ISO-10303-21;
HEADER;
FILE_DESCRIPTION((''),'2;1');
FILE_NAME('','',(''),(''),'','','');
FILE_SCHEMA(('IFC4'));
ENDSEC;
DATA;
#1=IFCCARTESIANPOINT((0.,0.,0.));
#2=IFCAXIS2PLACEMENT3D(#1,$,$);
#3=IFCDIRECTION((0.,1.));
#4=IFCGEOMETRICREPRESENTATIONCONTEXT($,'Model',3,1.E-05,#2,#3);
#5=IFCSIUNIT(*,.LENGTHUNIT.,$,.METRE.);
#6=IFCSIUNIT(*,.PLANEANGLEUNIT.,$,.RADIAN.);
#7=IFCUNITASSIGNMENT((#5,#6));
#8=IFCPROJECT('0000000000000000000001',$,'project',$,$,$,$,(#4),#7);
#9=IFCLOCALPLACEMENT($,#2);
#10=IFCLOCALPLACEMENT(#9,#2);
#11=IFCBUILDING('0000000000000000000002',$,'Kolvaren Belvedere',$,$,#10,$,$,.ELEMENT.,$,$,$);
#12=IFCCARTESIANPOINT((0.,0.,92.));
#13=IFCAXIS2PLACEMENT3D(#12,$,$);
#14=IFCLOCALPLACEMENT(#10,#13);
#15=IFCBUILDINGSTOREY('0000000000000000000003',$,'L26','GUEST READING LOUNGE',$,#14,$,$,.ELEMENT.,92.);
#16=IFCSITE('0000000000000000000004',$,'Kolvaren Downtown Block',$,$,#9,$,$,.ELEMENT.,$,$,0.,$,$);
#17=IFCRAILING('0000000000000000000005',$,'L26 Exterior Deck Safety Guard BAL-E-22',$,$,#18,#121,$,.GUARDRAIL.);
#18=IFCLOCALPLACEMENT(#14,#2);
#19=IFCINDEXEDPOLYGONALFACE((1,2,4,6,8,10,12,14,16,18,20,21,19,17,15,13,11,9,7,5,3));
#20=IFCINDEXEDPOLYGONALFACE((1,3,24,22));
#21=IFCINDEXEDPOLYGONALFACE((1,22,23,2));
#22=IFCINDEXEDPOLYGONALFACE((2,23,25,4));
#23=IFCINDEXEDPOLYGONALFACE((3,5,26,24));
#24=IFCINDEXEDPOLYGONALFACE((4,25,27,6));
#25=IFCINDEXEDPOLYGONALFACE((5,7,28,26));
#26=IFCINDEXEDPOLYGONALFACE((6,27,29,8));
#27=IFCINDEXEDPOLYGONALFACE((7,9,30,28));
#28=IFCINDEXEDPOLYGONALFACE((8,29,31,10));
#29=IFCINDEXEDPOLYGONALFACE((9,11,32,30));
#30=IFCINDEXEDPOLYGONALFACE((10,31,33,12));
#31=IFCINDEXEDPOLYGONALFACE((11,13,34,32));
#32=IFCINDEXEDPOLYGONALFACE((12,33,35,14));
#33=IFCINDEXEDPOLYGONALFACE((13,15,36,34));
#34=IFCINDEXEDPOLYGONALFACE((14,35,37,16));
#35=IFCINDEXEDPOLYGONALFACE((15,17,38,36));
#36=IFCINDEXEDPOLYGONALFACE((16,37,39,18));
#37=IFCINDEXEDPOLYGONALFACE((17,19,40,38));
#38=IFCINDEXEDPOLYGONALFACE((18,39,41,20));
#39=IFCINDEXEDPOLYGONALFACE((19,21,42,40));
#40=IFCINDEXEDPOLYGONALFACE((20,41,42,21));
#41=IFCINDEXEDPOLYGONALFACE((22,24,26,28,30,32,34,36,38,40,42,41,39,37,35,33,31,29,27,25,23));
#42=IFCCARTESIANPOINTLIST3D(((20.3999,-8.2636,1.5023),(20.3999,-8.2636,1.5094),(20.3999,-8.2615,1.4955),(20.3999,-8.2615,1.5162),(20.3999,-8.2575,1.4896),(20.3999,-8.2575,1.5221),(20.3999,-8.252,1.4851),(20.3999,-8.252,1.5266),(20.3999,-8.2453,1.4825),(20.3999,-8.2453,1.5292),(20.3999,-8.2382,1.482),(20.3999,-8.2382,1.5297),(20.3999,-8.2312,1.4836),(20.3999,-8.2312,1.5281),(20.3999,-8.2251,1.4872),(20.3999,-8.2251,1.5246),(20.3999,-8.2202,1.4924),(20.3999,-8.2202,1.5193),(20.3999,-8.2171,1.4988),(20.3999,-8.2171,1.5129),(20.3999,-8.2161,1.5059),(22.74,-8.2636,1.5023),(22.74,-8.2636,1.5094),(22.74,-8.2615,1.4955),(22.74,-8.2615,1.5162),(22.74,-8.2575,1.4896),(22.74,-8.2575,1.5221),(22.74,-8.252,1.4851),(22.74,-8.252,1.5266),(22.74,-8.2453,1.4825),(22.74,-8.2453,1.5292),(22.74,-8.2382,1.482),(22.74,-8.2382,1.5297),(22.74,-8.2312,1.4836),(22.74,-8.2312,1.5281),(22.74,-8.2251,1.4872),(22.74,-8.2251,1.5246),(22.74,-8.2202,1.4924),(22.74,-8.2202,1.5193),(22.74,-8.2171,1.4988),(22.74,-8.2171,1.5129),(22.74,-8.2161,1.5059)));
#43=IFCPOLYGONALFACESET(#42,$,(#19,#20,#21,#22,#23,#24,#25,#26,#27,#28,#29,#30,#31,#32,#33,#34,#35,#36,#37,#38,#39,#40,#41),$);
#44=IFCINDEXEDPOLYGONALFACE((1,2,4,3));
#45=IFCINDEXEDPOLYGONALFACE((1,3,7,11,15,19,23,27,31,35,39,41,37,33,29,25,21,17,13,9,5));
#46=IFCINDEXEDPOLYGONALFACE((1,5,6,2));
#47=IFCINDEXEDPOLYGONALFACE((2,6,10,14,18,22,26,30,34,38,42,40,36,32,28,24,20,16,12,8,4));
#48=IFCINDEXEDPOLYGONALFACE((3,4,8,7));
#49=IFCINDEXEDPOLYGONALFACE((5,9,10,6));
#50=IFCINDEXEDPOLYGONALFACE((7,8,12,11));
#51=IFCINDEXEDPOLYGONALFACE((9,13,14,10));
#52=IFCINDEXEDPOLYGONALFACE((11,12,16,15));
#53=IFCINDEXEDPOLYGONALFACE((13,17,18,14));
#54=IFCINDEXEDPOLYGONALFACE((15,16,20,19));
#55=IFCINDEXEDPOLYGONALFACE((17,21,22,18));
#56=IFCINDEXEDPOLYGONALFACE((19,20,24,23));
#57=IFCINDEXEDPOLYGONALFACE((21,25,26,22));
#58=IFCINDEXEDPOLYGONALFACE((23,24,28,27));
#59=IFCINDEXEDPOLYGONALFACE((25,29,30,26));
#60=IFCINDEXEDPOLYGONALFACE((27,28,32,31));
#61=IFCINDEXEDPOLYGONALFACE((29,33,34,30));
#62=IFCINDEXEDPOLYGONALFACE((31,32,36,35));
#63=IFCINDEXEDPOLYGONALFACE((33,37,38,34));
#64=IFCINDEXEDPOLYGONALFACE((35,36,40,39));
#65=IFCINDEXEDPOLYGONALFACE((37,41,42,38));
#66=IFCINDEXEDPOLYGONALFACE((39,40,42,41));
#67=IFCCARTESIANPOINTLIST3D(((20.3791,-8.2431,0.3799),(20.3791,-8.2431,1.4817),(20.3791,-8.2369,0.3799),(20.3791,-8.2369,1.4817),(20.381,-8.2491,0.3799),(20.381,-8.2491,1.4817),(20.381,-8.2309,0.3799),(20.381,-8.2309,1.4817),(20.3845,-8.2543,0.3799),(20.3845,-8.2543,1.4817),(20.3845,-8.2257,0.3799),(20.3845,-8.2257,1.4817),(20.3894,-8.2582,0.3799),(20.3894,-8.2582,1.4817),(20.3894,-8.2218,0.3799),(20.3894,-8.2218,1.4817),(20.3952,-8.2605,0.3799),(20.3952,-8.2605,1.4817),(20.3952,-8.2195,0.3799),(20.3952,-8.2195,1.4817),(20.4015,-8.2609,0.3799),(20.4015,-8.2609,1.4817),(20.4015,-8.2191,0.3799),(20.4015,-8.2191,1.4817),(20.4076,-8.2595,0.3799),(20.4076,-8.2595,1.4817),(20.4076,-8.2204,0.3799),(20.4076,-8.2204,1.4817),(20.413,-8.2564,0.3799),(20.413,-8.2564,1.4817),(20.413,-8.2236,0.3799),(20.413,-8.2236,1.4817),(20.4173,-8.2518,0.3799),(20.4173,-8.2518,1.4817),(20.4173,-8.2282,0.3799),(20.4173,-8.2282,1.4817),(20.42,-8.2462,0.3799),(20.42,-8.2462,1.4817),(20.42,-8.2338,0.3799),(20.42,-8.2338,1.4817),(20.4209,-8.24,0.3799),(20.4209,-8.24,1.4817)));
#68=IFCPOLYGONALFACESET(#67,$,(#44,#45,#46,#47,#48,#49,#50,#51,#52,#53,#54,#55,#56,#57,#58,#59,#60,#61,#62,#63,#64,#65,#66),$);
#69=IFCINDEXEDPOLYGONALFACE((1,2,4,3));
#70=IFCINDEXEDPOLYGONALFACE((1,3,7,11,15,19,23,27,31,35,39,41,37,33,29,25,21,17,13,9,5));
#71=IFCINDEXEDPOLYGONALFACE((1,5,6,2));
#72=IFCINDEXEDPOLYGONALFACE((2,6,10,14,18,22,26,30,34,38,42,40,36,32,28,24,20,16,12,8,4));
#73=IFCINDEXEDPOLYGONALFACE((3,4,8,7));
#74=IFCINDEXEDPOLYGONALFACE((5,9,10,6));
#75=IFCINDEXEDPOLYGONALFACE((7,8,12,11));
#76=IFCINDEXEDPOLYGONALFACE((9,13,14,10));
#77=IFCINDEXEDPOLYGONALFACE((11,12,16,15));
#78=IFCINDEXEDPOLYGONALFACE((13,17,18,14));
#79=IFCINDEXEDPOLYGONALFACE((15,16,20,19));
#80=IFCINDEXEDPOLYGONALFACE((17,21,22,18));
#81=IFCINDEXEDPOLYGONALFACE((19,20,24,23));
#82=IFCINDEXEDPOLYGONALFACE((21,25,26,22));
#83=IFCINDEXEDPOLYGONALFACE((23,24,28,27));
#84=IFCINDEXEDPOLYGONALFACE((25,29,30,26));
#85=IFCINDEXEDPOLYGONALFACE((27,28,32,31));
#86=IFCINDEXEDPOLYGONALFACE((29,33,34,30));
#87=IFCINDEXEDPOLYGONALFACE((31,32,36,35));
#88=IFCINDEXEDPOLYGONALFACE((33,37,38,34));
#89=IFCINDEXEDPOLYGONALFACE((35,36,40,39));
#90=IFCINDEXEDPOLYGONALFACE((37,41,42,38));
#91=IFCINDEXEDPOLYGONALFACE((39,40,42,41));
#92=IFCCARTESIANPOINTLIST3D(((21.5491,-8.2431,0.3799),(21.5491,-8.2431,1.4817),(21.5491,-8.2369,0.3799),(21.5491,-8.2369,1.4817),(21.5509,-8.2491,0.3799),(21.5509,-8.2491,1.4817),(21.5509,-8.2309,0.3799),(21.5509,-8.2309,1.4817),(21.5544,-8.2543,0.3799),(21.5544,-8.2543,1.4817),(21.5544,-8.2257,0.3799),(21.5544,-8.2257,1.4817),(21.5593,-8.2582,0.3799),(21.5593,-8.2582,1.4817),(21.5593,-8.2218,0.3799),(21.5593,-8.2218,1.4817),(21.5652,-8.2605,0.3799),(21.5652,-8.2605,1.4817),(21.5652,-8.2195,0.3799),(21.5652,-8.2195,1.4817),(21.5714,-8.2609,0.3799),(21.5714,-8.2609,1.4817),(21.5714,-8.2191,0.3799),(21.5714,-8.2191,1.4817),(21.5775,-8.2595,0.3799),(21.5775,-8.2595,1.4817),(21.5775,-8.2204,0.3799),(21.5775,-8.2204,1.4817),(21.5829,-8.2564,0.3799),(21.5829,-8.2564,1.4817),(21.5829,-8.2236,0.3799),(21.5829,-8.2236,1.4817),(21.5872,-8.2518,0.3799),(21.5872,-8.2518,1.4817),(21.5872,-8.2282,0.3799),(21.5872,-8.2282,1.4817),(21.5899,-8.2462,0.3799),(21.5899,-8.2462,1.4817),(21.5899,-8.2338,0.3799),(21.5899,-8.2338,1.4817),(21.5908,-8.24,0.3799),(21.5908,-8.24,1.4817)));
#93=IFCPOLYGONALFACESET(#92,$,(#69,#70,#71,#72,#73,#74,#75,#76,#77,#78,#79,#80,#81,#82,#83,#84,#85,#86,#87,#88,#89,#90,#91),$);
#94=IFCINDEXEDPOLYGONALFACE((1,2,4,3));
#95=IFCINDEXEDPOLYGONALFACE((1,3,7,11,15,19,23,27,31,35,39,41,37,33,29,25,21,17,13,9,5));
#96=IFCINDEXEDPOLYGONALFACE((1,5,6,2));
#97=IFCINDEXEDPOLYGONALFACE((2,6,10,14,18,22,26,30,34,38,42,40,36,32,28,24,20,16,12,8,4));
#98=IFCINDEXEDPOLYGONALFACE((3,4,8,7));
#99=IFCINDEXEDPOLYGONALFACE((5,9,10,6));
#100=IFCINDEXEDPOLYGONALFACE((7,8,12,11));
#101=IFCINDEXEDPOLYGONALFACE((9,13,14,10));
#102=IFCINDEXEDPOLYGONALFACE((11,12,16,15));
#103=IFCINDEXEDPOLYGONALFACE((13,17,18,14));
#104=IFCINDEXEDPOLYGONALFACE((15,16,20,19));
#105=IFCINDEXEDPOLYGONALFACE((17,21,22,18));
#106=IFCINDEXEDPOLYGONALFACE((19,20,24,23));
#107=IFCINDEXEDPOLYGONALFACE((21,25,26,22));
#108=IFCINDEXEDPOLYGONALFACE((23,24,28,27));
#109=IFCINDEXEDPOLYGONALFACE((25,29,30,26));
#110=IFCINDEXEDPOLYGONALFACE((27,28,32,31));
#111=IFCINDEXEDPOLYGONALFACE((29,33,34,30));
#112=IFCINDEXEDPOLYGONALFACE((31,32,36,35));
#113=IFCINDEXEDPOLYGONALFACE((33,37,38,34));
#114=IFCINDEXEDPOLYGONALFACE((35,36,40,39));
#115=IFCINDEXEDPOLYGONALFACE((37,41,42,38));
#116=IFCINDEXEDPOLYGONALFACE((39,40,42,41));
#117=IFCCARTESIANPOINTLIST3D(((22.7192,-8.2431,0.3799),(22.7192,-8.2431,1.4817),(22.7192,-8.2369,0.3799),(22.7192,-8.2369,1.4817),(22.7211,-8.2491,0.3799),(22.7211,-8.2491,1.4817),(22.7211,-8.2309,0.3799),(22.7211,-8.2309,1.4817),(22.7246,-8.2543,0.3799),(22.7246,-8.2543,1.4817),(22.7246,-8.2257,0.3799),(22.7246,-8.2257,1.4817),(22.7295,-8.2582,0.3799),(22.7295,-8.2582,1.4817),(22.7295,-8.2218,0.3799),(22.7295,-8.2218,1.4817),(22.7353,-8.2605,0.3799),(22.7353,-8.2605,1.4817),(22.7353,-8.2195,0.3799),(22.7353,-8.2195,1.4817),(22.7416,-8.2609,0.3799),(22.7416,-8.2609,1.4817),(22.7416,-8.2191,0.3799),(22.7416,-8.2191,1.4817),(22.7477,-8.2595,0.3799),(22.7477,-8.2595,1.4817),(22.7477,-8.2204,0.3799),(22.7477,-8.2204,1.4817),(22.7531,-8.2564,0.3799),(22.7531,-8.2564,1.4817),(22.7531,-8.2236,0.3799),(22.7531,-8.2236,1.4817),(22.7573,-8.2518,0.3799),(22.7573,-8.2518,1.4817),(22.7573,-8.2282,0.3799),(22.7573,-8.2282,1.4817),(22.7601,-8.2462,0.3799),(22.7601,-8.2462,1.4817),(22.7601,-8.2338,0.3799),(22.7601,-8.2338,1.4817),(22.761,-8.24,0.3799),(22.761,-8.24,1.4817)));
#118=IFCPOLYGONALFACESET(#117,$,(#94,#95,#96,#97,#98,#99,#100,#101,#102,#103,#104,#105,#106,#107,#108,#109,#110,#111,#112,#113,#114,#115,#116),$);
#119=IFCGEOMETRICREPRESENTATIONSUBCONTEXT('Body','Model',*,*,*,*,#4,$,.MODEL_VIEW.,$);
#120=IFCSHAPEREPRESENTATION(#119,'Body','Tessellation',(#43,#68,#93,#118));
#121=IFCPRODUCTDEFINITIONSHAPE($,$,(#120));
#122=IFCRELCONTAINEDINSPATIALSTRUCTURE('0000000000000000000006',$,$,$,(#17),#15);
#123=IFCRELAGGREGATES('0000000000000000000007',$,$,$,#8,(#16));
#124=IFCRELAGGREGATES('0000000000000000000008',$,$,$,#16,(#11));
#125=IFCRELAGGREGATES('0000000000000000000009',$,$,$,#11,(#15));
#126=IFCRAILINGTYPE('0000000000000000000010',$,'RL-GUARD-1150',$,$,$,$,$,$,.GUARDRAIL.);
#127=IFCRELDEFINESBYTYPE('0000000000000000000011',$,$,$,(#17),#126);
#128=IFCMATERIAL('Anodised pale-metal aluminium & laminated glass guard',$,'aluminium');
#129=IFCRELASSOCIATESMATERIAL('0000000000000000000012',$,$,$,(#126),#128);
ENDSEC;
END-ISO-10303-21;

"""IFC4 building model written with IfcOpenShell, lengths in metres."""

from ifc_helpers import new_model, si_unit, direction, frame, origin, origin_2d, place, context, subcontext, project, spatial, circle, extrude, material, type_object, element, save


model = new_model("IFC4")

# Units and contexts
model_context = context("Model", 3, precision=1e-05, world=origin(), true_north=direction((0.0, 1.0)))
body_context = subcontext(model_context, "Body", "Model", "MODEL_VIEW")
ifc_project = project(units=[si_unit("LENGTHUNIT", "METRE"), si_unit("PLANEANGLEUNIT", "RADIAN")], contexts=[model_context])

# Site, building, storey
site_placement = place(None, origin())
site = spatial("IfcSite", under=ifc_project, at=site_placement, Name="Kolvaren Downtown Block", CompositionType="ELEMENT", RefElevation=0.0)
building_placement = place(site_placement, origin())
building = spatial("IfcBuilding", under=site, at=building_placement, Name="Kolvaren Belvedere", CompositionType="ELEMENT")
storey_placement = place(building_placement, frame((0.0, 0.0, 92.0)))
storey = spatial("IfcBuildingStorey", under=building, at=storey_placement, Name="L26", Description="GUEST READING LOUNGE", CompositionType="ELEMENT", Elevation=92.0)

# Railing
ifc_material_1 = material(Name="Anodised pale-metal aluminium & laminated glass guard", Category="aluminium")
railing_type = type_object("IfcRailingType", Name="RL-GUARD-1150", PredefinedType="GUARDRAIL", material=ifc_material_1)
railing_1_placement = place(storey_placement, frame((20.3999, -8.24, 0.3799)))
element("IfcRailing", 1, at=railing_1_placement, inside=storey, type_object=railing_type, Name="L26 Exterior Deck Safety Guard BAL-E-22", PredefinedType="GUARDRAIL", context=body_context, shape_type="SweptSolid", body=[
    extrude(circle(Radius=0.0239, at=origin_2d()), frame((0.0, 0.0, 1.126), z_axis=(1.0, 0.0, 0.0), x_axis=(0.0, 1.0, 0.0)), (0.0, 0.0, 1.0), 2.3401),
    extrude(circle(Radius=0.021, at=origin_2d()), origin(), (0.0, 0.0, 1.0), 1.1018),
    extrude(circle(Radius=0.021, at=origin_2d()), frame((1.1699, 0.0, 0.0)), (0.0, 0.0, 1.0), 1.1018),
    extrude(circle(Radius=0.021, at=origin_2d()), frame((2.3401, 0.0, 0.0)), (0.0, 0.0, 1.0), 1.1018),
])

save(model, "model.ifc")
